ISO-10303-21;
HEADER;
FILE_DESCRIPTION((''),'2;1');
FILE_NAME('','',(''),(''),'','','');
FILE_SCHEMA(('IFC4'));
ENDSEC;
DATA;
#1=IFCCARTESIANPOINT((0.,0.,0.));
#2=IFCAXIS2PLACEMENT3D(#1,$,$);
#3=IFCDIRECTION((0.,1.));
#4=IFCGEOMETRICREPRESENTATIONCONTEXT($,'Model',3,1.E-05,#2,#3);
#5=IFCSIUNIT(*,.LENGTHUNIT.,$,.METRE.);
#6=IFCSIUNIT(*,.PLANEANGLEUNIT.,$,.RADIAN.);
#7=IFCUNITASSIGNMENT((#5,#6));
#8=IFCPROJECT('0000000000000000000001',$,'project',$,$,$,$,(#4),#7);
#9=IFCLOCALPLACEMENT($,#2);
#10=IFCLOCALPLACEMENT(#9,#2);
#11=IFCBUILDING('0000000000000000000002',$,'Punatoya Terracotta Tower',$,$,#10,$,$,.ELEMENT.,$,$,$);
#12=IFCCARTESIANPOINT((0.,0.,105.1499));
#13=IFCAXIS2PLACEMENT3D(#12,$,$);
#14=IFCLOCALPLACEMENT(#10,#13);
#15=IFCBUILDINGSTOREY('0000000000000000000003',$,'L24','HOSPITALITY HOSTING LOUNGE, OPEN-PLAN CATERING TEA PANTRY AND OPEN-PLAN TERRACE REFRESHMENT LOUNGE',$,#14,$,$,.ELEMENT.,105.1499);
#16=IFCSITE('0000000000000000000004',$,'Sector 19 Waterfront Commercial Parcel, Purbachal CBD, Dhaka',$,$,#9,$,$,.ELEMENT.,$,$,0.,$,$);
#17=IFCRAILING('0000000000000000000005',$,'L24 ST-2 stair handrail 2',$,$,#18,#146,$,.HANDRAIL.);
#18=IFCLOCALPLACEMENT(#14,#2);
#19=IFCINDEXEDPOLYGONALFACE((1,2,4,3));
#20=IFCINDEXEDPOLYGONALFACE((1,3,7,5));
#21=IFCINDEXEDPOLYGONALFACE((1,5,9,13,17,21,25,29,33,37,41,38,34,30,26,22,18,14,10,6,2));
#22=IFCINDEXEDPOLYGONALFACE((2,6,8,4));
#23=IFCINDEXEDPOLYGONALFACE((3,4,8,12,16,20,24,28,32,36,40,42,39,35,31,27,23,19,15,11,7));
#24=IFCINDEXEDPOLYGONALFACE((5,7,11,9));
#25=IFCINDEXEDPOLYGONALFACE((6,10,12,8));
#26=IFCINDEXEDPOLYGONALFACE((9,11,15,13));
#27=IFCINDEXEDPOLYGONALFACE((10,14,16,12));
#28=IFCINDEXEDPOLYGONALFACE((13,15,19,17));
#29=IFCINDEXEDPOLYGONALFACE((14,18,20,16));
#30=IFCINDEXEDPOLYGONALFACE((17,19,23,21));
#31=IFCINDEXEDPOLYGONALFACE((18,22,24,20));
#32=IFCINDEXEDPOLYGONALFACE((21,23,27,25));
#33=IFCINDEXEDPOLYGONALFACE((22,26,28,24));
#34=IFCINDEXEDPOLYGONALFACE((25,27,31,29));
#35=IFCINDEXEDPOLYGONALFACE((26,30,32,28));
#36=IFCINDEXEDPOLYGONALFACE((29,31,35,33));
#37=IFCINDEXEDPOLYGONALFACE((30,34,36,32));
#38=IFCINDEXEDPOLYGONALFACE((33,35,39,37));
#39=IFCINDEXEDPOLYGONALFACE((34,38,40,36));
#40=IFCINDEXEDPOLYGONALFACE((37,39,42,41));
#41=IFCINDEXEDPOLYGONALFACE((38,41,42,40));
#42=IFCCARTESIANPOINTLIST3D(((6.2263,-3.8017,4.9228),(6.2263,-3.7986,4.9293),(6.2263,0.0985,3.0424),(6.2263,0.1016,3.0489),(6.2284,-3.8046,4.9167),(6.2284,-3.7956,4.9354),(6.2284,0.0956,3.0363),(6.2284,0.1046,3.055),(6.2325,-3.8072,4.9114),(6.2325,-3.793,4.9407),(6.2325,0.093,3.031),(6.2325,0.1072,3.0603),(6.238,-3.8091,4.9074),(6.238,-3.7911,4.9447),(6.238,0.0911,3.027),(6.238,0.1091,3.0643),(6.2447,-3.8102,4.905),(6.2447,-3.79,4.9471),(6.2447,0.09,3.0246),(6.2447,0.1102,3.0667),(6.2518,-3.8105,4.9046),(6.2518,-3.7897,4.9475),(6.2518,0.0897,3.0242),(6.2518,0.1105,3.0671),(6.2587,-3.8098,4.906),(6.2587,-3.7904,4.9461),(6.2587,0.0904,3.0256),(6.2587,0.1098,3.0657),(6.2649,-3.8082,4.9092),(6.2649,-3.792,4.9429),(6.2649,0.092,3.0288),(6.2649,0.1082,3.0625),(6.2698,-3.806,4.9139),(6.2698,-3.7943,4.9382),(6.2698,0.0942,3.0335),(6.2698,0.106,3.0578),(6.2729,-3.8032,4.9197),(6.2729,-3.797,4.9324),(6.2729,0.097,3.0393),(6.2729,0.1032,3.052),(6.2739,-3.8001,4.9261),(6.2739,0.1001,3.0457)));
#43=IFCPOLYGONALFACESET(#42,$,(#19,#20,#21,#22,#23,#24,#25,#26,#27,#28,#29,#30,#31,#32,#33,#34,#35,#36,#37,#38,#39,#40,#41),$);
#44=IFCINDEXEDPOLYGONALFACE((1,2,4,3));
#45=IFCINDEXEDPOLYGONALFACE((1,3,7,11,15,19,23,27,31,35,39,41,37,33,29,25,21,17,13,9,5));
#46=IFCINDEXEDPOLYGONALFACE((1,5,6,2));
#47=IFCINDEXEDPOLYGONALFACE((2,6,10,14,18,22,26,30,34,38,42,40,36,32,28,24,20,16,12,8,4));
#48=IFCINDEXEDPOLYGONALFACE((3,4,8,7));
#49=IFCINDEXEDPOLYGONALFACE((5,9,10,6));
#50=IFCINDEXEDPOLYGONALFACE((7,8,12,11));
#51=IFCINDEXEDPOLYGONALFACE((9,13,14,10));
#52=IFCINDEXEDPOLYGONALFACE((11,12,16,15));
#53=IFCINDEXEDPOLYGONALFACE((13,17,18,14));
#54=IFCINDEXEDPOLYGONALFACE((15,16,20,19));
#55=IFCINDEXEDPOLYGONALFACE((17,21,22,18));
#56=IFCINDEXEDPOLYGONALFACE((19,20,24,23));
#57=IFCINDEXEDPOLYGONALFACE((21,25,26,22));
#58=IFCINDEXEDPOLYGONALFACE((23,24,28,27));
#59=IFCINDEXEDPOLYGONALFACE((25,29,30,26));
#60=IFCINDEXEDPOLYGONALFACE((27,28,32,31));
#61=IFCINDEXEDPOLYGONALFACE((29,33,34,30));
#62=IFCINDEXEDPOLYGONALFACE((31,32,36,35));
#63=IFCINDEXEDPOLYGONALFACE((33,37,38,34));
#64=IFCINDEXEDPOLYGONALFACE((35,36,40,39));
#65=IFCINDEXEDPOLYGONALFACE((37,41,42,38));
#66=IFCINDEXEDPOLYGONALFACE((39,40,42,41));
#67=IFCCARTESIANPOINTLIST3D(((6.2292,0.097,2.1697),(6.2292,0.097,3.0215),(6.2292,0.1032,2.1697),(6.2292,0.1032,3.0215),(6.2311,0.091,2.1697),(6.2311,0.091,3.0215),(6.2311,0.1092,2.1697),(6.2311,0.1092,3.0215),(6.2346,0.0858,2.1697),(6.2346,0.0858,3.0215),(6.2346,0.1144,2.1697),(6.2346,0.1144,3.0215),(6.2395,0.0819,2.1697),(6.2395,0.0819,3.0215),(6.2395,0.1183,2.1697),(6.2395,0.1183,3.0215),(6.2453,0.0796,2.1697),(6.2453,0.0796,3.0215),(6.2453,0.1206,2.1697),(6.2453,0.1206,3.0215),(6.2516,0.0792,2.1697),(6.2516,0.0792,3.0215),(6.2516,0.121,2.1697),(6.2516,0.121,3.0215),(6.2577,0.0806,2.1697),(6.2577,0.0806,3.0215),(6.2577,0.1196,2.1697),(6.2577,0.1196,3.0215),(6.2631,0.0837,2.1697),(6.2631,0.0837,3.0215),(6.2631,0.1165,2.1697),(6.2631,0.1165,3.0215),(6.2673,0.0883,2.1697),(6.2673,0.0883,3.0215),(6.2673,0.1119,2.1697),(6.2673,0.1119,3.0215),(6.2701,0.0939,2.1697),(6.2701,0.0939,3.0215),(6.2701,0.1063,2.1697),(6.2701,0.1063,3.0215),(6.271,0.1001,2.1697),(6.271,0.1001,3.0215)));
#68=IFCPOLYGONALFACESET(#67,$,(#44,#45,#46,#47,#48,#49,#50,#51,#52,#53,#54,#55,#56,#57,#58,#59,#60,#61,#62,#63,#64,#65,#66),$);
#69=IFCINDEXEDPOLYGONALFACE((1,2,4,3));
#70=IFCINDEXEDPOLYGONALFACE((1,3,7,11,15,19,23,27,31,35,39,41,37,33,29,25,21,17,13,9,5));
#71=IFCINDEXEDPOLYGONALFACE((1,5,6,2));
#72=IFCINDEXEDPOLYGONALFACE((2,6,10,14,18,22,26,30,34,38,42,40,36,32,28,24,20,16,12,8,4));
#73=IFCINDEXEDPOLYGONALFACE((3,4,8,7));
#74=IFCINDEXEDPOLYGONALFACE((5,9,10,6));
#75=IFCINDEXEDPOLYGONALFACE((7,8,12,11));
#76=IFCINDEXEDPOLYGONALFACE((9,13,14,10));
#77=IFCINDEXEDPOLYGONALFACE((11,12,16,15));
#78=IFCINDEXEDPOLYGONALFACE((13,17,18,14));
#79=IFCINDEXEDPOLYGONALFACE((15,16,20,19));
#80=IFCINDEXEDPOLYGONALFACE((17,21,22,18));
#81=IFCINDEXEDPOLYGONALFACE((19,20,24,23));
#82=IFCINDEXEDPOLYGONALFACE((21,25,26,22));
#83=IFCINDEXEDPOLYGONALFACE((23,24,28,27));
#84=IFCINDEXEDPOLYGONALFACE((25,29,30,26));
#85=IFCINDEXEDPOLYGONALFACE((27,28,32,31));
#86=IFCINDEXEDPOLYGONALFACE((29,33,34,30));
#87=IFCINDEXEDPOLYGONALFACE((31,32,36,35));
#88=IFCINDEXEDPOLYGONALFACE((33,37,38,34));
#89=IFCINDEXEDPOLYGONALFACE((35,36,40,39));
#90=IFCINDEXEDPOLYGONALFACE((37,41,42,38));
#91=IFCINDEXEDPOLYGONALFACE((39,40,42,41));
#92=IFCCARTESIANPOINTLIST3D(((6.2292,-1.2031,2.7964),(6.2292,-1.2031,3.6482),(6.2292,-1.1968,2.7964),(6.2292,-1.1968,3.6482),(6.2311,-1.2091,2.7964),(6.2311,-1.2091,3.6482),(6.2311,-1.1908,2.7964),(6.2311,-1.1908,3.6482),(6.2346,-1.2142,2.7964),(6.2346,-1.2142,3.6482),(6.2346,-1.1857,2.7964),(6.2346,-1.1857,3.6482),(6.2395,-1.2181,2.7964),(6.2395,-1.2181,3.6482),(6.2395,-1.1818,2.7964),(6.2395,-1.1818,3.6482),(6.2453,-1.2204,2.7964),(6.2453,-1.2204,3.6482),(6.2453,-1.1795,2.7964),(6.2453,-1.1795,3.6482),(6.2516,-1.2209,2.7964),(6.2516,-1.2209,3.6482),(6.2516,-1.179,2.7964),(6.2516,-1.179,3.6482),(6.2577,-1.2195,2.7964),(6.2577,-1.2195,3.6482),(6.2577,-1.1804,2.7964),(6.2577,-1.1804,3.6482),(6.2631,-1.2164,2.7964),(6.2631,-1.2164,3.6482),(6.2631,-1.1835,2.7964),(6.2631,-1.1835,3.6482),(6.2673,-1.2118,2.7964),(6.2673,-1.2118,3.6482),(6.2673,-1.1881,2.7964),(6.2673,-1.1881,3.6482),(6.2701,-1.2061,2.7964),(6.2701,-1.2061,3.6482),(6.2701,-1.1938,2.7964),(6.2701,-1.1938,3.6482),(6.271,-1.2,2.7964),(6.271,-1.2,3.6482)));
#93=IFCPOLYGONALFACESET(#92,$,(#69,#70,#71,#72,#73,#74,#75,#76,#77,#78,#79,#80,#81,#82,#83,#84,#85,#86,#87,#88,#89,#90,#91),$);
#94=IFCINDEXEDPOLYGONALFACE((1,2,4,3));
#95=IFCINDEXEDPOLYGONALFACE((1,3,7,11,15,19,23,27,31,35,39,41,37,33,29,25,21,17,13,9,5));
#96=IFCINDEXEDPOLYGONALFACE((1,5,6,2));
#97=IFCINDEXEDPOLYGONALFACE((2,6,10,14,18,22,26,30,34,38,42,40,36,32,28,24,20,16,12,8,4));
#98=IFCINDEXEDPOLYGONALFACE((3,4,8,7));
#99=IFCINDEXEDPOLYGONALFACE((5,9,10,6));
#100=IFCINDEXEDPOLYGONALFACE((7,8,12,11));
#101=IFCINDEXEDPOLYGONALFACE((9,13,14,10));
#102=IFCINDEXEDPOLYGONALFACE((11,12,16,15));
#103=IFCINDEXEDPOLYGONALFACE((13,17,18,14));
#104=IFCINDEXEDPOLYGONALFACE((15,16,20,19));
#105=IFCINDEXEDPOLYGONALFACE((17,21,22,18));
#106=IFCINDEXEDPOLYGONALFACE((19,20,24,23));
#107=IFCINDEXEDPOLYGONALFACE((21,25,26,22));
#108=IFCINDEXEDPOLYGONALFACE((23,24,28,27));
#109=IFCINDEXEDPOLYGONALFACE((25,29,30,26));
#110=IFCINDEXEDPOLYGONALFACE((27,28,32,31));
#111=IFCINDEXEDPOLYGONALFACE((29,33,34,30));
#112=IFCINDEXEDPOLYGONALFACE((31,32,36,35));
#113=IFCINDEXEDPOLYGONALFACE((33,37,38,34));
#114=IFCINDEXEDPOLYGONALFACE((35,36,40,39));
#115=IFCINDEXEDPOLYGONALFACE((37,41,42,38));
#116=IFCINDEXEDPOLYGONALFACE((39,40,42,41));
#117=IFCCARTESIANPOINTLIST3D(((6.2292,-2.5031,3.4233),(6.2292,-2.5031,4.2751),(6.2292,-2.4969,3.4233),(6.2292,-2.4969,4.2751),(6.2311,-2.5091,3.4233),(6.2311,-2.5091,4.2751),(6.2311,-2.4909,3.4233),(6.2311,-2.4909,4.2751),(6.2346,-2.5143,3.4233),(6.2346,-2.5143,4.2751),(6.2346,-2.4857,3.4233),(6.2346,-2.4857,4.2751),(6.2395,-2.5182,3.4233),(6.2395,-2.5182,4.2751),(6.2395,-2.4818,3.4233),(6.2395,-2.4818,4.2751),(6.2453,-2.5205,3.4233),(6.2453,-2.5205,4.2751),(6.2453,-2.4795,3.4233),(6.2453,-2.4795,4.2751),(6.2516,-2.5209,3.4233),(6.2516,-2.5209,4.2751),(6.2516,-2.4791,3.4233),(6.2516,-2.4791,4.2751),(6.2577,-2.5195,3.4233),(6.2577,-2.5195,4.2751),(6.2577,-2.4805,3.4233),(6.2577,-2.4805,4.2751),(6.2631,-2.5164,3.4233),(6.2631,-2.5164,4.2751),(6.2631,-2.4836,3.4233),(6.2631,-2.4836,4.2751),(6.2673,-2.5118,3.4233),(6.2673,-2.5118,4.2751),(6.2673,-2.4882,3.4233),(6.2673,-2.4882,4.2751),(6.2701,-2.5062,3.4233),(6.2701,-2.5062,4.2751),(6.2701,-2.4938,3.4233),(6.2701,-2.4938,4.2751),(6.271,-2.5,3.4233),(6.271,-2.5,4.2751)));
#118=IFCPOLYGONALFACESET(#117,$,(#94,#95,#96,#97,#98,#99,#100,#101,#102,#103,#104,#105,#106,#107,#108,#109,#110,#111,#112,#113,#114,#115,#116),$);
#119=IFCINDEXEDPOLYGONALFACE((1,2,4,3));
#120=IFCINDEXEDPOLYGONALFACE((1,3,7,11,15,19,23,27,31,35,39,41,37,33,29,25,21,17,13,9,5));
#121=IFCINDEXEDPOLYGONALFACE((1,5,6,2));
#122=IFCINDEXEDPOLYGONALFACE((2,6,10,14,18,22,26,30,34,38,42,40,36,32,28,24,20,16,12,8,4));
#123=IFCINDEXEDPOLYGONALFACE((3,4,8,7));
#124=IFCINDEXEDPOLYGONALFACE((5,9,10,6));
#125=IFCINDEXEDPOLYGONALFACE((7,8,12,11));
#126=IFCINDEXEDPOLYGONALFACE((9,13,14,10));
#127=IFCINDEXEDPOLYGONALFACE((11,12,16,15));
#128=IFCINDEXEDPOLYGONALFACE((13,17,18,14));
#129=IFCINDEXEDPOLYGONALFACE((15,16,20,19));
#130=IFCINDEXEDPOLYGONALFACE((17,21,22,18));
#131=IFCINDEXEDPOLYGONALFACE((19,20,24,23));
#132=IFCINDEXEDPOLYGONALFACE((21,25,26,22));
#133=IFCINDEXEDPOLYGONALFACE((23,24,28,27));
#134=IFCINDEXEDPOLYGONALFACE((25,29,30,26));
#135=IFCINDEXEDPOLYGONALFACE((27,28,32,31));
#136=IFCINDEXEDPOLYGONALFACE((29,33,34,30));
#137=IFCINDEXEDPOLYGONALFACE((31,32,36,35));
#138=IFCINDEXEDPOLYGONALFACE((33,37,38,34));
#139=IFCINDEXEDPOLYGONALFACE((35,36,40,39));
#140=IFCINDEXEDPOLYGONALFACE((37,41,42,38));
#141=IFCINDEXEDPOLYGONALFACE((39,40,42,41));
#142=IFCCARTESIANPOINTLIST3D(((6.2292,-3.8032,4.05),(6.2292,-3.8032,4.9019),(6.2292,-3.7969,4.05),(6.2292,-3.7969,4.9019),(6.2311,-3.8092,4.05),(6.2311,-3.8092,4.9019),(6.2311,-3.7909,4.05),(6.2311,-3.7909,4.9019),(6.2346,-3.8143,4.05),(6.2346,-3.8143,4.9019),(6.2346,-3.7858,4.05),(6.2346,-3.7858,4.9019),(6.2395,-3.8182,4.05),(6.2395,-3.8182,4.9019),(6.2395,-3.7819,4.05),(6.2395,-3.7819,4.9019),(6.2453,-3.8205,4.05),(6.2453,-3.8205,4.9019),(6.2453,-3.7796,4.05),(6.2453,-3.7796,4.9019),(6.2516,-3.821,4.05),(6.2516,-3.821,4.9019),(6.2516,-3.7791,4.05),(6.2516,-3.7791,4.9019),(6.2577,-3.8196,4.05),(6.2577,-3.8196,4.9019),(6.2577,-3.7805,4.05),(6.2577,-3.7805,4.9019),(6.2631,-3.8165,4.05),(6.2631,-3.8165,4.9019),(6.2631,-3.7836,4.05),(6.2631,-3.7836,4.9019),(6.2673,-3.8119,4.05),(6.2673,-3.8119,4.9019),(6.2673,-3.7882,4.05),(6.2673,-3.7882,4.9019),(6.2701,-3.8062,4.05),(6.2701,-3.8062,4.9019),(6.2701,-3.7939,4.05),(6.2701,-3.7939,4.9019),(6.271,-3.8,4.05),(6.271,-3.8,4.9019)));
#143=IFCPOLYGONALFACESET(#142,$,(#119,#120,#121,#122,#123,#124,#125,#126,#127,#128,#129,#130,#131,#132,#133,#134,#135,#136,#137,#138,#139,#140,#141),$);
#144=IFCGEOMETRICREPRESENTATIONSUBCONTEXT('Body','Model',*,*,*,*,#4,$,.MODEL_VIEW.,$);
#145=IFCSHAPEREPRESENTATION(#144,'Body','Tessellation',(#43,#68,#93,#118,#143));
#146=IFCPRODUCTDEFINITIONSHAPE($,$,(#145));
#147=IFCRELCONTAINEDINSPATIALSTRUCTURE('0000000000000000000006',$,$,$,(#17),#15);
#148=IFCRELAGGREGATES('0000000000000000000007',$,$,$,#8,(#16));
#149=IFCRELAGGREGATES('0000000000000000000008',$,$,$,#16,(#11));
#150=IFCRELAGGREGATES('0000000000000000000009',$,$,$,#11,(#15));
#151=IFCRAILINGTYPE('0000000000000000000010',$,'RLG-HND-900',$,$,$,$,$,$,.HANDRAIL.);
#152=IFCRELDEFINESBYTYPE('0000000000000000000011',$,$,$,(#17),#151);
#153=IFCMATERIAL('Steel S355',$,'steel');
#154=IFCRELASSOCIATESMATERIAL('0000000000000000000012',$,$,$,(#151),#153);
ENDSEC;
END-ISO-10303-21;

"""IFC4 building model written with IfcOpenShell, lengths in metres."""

from ifc_helpers import new_model, si_unit, direction, frame, origin, origin_2d, place, context, subcontext, project, spatial, circle, extrude, material, type_object, element, save


model = new_model("IFC4")

# Units and contexts
model_context = context("Model", 3, precision=1e-05, world=origin(), true_north=direction((0.0, 1.0)))
body_context = subcontext(model_context, "Body", "Model", "MODEL_VIEW")
ifc_project = project(units=[si_unit("LENGTHUNIT", "METRE"), si_unit("PLANEANGLEUNIT", "RADIAN")], contexts=[model_context])

# Site, building, storey
site_placement = place(None, origin())
site = spatial("IfcSite", under=ifc_project, at=site_placement, Name="Sector 19 Waterfront Commercial Parcel, Purbachal CBD, Dhaka", CompositionType="ELEMENT", RefElevation=0.0)
building_placement = place(site_placement, origin())
building = spatial("IfcBuilding", under=site, at=building_placement, Name="Punatoya Terracotta Tower", CompositionType="ELEMENT")
storey_placement = place(building_placement, frame((0.0, 0.0, 105.1499)))
storey = spatial("IfcBuildingStorey", under=building, at=storey_placement, Name="L24", Description="HOSPITALITY HOSTING LOUNGE, OPEN-PLAN CATERING TEA PANTRY AND OPEN-PLAN TERRACE REFRESHMENT LOUNGE", CompositionType="ELEMENT", Elevation=105.1499)

# Shared definitions
ifc_material_1 = material(Name="Steel S355", Category="steel")

# Railing
railing_type_1 = type_object("IfcRailingType", Name="RLG-HND-900", PredefinedType="HANDRAIL", material=ifc_material_1)
railing_1_placement = place(storey_placement, frame((6.25, 0.1001, 2.1697)))
element("IfcRailing", 1, at=railing_1_placement, inside=storey, type_object=railing_type_1, Name="L24 ST-2 stair handrail 2", PredefinedType="HANDRAIL", context=body_context, shape_type="SweptSolid", body=[
    extrude(circle(Radius=0.0239, at=origin_2d()), frame((0.0, 0.0, 0.876), z_axis=(0.0, -0.900774, 0.434289), x_axis=(1.0, 0.0, 0.0)), (0.0, 0.0, 1.0), 4.3298),
    extrude(circle(Radius=0.021, at=origin_2d()), origin(), (0.0, 0.0, 1.0), 0.8518),
    extrude(circle(Radius=0.021, at=origin_2d()), frame((0.0, -1.3, 0.6267)), (0.0, 0.0, 1.0), 0.8518),
    extrude(circle(Radius=0.021, at=origin_2d()), frame((0.0, -2.6001, 1.2537)), (0.0, 0.0, 1.0), 0.8518),
    extrude(circle(Radius=0.021, at=origin_2d()), frame((0.0, -3.9001, 1.8804)), (0.0, 0.0, 1.0), 0.8518),
])

save(model, "model.ifc")
